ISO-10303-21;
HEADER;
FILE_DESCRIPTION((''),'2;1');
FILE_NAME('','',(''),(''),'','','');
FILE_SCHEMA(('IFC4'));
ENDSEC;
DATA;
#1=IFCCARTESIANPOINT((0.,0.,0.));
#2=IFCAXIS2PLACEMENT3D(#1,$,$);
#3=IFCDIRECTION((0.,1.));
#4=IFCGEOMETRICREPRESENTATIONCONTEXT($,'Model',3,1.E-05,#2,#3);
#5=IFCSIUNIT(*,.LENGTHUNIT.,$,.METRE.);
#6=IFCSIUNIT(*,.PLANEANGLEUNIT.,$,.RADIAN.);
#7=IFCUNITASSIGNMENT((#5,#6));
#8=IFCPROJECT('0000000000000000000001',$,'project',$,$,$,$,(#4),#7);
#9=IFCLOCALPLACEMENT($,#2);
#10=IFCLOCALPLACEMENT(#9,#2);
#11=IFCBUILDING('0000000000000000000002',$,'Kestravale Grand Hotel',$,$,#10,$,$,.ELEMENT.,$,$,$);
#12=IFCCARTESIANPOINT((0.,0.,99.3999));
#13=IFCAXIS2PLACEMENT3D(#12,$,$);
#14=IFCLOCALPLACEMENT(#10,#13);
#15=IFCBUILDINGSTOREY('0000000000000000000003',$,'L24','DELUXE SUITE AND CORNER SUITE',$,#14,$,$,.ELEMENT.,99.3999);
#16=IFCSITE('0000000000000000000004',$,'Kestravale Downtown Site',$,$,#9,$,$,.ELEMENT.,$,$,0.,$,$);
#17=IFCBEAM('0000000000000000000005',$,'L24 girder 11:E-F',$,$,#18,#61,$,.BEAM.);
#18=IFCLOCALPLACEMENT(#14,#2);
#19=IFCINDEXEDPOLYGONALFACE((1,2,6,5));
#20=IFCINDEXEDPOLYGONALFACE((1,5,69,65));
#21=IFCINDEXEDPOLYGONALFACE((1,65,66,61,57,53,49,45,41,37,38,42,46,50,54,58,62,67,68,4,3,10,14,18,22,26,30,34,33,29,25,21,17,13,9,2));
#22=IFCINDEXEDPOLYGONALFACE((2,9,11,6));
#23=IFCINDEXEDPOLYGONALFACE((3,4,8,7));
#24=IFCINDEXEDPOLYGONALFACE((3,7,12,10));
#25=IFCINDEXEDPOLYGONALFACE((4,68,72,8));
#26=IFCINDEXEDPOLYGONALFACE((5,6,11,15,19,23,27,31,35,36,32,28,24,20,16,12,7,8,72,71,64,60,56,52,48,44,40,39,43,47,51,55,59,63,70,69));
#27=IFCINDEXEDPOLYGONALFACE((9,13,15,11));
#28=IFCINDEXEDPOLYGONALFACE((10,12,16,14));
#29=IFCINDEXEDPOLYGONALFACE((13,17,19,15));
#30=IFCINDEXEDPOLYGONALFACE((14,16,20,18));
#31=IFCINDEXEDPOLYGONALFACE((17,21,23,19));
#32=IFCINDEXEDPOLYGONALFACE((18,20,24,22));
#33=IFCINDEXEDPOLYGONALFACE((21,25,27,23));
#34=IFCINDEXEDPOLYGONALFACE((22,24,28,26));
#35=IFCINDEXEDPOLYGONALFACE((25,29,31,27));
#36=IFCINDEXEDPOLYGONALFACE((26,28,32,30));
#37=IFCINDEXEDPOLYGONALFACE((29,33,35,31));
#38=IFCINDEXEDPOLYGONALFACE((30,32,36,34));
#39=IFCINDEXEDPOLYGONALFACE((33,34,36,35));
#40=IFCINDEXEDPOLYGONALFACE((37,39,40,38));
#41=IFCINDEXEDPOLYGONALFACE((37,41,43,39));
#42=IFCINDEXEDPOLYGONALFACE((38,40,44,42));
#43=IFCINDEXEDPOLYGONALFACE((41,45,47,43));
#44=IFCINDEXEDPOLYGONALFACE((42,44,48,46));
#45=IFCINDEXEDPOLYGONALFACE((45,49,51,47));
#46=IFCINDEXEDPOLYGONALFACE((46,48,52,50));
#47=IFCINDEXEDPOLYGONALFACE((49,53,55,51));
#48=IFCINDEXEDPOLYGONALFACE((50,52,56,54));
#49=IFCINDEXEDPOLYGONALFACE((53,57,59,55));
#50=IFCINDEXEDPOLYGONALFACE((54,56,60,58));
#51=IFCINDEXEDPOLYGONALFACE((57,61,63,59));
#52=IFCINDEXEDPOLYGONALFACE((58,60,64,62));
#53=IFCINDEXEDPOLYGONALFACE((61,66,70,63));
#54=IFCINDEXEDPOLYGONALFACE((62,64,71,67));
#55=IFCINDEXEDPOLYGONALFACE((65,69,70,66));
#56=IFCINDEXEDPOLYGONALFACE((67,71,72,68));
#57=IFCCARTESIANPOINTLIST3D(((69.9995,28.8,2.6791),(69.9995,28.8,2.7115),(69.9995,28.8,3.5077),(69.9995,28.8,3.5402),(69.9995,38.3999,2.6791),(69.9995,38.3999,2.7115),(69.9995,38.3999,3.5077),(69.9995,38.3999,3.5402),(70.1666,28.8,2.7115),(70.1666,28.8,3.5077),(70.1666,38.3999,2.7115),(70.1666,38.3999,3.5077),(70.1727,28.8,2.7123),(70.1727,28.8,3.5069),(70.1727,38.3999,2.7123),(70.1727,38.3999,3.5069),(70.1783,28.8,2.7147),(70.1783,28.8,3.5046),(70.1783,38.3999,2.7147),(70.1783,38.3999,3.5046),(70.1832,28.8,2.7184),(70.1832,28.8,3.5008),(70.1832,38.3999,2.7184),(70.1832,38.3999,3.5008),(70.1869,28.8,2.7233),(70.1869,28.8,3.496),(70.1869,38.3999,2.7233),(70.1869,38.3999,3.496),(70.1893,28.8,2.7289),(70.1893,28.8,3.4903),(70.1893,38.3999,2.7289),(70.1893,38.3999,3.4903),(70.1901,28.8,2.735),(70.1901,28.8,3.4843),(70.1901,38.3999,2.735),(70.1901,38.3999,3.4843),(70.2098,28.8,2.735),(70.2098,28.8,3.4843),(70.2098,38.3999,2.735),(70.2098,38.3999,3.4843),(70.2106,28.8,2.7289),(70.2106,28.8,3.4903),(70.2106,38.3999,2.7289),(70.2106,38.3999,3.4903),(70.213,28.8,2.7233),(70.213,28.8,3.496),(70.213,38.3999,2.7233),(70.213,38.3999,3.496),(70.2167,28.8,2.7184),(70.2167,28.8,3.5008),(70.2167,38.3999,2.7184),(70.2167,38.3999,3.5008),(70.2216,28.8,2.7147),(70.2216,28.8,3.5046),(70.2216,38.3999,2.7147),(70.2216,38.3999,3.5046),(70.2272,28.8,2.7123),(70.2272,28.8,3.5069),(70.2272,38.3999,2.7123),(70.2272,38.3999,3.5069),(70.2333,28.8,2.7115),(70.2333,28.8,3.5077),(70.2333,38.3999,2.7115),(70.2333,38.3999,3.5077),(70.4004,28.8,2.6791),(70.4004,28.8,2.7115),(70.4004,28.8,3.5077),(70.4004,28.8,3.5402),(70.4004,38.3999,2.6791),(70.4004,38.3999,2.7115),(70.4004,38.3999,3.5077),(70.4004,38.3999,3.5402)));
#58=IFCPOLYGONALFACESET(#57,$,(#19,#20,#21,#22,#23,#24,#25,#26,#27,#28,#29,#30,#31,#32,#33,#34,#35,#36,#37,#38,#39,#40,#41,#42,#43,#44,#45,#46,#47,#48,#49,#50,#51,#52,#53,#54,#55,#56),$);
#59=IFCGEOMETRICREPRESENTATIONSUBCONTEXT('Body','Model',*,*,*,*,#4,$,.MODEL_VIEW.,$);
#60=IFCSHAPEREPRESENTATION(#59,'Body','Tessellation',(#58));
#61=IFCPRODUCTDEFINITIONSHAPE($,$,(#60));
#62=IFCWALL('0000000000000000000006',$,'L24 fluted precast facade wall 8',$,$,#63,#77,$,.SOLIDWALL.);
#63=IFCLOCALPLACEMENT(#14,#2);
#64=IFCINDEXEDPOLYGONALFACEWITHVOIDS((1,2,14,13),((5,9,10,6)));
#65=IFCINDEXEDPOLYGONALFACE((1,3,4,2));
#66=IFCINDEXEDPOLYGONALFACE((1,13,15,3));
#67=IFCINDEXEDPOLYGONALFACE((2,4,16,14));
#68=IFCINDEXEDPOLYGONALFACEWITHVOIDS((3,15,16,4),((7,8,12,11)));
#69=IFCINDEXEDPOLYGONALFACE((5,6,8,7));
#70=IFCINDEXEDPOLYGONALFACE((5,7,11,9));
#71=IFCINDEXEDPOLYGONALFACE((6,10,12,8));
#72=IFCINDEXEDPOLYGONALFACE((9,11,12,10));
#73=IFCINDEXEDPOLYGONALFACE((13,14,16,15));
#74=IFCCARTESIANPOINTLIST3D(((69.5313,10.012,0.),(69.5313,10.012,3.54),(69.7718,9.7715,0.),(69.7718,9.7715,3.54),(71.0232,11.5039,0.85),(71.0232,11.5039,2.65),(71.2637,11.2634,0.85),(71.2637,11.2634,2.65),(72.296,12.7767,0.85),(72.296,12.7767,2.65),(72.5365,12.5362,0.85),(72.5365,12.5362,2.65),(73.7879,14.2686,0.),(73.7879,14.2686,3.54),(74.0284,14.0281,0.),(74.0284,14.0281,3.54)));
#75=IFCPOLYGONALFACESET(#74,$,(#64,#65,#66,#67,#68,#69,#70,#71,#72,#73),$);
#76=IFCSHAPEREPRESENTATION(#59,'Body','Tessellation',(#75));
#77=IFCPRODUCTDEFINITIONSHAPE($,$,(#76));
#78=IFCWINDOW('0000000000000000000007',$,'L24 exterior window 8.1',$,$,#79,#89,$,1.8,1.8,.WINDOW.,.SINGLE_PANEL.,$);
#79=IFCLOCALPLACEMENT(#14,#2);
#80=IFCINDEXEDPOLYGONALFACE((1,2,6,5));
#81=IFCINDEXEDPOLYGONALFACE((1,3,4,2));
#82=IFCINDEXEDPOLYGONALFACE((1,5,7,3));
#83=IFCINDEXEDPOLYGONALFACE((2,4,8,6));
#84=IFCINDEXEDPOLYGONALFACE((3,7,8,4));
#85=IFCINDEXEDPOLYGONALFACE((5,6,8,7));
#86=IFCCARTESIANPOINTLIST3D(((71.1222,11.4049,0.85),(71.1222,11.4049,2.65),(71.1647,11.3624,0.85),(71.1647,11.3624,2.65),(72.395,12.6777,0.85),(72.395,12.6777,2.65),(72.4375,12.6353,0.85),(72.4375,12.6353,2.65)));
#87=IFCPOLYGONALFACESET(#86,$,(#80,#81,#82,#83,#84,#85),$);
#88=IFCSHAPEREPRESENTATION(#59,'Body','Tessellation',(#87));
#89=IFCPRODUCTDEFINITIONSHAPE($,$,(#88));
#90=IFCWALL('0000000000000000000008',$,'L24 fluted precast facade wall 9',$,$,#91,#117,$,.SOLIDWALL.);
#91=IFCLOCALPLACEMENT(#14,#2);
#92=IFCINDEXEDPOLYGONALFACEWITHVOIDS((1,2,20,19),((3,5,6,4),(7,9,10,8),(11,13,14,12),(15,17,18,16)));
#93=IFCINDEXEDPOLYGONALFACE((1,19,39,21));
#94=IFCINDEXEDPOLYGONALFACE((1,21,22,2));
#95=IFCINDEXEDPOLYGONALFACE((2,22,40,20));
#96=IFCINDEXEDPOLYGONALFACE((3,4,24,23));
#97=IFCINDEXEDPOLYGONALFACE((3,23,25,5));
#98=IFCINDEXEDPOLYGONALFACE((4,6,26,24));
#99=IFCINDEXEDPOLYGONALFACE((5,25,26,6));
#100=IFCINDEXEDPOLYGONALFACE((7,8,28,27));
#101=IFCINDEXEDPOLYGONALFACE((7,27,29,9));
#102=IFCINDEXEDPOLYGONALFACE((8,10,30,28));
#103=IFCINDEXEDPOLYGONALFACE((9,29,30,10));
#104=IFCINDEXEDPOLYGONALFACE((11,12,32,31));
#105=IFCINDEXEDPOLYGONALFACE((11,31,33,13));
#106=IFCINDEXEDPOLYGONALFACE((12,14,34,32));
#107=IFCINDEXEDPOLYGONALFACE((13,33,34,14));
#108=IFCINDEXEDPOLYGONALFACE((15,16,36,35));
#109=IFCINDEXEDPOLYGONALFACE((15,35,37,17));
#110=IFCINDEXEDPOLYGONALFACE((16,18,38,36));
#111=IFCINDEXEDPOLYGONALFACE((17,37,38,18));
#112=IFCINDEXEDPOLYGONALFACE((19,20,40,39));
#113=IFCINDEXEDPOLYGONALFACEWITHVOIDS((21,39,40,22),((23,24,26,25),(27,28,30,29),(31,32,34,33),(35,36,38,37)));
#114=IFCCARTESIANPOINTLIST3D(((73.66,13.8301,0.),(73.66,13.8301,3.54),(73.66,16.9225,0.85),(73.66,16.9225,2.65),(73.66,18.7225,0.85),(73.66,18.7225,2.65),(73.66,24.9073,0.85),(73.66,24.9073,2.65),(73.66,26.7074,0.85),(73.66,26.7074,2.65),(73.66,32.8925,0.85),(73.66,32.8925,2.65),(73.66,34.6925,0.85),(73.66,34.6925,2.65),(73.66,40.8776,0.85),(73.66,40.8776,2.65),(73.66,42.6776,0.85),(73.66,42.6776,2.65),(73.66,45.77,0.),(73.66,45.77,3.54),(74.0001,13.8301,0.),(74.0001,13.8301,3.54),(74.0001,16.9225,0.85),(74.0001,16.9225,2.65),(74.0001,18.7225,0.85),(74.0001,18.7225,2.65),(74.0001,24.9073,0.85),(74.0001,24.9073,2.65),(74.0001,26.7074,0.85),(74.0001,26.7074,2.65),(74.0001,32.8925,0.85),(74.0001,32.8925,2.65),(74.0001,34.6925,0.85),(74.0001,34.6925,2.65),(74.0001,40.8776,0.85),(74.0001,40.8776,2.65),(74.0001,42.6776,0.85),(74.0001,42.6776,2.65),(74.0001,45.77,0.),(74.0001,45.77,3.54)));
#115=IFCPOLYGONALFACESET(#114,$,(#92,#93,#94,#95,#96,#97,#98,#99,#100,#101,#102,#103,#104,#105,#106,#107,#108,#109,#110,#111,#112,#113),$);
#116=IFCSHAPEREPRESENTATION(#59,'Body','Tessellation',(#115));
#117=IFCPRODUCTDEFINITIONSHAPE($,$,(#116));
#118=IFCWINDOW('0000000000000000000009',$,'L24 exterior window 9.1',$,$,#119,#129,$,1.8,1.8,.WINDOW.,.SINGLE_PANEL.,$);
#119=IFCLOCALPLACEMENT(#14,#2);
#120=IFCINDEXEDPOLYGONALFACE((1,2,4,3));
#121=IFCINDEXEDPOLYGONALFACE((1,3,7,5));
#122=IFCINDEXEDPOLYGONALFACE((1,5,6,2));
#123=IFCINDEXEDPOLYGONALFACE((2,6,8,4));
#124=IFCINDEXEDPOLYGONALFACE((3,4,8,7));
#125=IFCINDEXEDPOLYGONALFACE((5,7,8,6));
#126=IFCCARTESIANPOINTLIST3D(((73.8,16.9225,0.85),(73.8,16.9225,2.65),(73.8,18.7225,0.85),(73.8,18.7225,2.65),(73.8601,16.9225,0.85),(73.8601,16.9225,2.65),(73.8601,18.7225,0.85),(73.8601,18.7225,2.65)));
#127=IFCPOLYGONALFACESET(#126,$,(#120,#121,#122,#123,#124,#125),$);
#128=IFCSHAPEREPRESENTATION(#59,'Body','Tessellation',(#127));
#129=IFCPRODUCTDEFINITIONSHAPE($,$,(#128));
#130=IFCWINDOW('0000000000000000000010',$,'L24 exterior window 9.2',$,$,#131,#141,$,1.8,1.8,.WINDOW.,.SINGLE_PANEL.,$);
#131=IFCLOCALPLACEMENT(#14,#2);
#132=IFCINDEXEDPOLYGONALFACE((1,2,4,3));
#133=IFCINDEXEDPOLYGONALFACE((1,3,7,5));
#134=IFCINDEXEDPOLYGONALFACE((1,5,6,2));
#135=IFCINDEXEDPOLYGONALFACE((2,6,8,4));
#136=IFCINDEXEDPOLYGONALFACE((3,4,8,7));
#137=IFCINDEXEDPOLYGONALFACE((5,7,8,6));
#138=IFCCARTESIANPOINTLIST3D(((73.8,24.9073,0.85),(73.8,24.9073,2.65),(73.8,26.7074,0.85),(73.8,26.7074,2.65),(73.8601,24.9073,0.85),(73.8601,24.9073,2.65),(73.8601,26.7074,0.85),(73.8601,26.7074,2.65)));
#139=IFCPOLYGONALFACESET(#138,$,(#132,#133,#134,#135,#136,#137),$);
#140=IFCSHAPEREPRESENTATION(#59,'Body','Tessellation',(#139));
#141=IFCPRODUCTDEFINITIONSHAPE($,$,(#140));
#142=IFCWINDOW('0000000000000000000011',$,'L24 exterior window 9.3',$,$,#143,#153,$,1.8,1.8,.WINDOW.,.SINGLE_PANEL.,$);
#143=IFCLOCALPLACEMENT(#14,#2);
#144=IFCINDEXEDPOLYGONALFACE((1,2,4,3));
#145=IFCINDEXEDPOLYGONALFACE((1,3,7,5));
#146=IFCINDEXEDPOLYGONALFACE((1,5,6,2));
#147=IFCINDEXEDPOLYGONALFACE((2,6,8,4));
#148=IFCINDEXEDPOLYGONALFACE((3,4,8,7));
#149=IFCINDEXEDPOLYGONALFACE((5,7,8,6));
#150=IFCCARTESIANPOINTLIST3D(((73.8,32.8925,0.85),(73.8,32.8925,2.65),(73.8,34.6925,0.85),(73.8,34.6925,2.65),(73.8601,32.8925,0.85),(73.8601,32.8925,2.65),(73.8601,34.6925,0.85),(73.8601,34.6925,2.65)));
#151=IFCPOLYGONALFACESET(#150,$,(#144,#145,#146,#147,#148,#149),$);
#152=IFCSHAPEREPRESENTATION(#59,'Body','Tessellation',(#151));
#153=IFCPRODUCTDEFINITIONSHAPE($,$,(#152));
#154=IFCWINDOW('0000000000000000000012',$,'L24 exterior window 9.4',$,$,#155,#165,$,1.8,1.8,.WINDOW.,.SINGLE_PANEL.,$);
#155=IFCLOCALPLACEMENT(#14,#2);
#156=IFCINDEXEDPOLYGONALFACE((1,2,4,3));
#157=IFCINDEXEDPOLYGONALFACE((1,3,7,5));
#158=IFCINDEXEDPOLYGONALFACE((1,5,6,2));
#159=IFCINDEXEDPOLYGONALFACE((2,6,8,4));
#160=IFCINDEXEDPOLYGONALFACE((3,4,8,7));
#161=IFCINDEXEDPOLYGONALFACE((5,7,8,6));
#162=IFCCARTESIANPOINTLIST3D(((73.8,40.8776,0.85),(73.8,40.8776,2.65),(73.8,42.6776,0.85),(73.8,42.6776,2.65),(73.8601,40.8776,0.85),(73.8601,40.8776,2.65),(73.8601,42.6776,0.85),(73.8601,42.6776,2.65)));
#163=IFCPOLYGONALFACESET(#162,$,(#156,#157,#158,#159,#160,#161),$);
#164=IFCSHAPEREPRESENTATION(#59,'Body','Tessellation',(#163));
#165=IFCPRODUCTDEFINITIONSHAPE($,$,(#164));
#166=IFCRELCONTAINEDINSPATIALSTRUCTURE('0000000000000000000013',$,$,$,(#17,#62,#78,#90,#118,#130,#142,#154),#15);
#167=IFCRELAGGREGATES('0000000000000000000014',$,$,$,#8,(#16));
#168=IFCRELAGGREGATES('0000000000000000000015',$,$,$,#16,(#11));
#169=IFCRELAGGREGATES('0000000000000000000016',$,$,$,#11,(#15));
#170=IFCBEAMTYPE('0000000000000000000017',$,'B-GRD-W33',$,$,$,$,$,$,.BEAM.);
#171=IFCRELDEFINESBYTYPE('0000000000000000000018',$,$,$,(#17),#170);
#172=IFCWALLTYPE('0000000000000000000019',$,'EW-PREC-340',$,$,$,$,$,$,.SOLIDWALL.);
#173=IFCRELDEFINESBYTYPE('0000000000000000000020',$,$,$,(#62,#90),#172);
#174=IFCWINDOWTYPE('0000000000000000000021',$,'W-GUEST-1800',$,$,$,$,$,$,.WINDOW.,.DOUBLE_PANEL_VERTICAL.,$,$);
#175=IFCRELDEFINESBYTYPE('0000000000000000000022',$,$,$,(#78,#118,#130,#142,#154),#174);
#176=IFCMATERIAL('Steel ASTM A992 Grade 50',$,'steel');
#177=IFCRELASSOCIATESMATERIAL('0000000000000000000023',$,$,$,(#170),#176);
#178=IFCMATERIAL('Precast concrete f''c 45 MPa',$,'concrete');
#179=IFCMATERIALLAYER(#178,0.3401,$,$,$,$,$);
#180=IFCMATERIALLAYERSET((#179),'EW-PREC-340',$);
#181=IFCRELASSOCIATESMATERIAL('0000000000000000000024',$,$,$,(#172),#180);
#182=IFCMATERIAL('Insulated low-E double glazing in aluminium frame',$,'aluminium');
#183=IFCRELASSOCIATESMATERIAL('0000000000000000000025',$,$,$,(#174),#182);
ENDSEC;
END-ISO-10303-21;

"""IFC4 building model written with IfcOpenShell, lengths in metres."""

from ifc_helpers import new_model, si_unit, direction, frame, frame_2d, origin, origin_2d, place, context, subcontext, project, spatial, rectangle, i_section, extrude, material, layer, layer_set, material_profile, profile_set, type_object, element, fill, save


model = new_model("IFC4")

# Units and contexts
model_context = context("Model", 3, precision=1e-05, world=origin(), true_north=direction((0.0, 1.0)))
body_context = subcontext(model_context, "Body", "Model", "MODEL_VIEW")
ifc_project = project(units=[si_unit("LENGTHUNIT", "METRE"), si_unit("PLANEANGLEUNIT", "RADIAN")], contexts=[model_context])

# Site, building, storey
site_placement = place(None, origin())
site = spatial("IfcSite", under=ifc_project, at=site_placement, Name="Kestravale Downtown Site", CompositionType="ELEMENT", RefElevation=0.0)
building_placement = place(site_placement, origin())
building = spatial("IfcBuilding", under=site, at=building_placement, Name="Kestravale Grand Hotel", CompositionType="ELEMENT")
storey_placement = place(building_placement, frame((0.0, 0.0, 99.3999)))
storey = spatial("IfcBuildingStorey", under=building, at=storey_placement, Name="L24", Description="DELUXE SUITE AND CORNER SUITE", CompositionType="ELEMENT", Elevation=99.3999)

# Beam
ifc_material_1 = material(Name="Steel ASTM A992 Grade 50", Category="steel")
ifc_material_profile_1 = material_profile(ifc_material_1, i_section(OverallWidth=0.4009, OverallDepth=0.8611, WebThickness=0.0198, FlangeThickness=0.0325, FilletRadius=0.0234, at=origin_2d()))
ifc_profile_set_1 = profile_set([ifc_material_profile_1], Name="Steel ASTM A992 Grade 50")
beam_type_1 = type_object("IfcBeamType", Name="B-GRD-W33", PredefinedType="BEAM", material=ifc_profile_set_1)
beam_1_placement = place(storey_placement, frame((70.2, 28.8, 3.1096), z_axis=(0.0, 1.0, 0.0), x_axis=(-1.0, 0.0, 0.0)))
element("IfcBeam", 1, at=beam_1_placement, inside=storey, type_object=beam_type_1, Name="L24 girder 11:E-F", PredefinedType="BEAM", context=body_context, shape_type="SweptSolid", body=[
    extrude(i_section(OverallWidth=0.4009, OverallDepth=0.8611, WebThickness=0.0198, FlangeThickness=0.0325, FilletRadius=0.0234, at=origin_2d()), origin(), (0.0, 0.0, 1.0), 9.5999),
])

# Wall, opening, window
ifc_material_2 = material(Name="Precast concrete f'c 45 MPa", Category="concrete")
ifc_layer_1 = layer(ifc_material_2, 0.3401)
ifc_layer_set_1 = layer_set([ifc_layer_1], Name="EW-PREC-340")
wall_type_1 = type_object("IfcWallType", Name="EW-PREC-340", PredefinedType="SOLIDWALL", material=ifc_layer_set_1)
wall_1_placement = place(storey_placement, frame((69.6516, 9.8918, 0.0), z_axis=(0.0, 0.0, 1.0), x_axis=(0.707107, 0.707107, 0.0)))
wall_1 = element("IfcWall", 2, at=wall_1_placement, inside=storey, type_object=wall_type_1, Name="L24 fluted precast facade wall 8", PredefinedType="SOLIDWALL", context=body_context, shape_type="SweptSolid", body=[
    extrude(rectangle(XDim=6.0198, YDim=0.3401, at=frame_2d((3.0098, 0.0))), origin(), (0.0, 0.0, 1.0), 3.54),
])
opening_1_placement = place(wall_1_placement, frame((2.1099, 0.0, 0.8501)))
opening_1 = element("IfcOpeningElement", 3, at=opening_1_placement, cuts=wall_1, PredefinedType="OPENING", context=body_context, shape_type="SweptSolid", body=[
    extrude(rectangle(XDim=1.8, YDim=1.8, at=frame_2d((0.8999, 0.8999))), frame((0.0, 0.1799, 0.0), z_axis=(0.0, -1.0, 0.0), x_axis=(1.0, 0.0, 0.0)), (0.0, 0.0, 1.0), 0.3601),
])
ifc_material_3 = material(Name="Insulated low-E double glazing in aluminium frame", Category="aluminium")
window_type = type_object("IfcWindowType", Name="W-GUEST-1800", PartitioningType="DOUBLE_PANEL_VERTICAL", PredefinedType="WINDOW", material=ifc_material_3)
window_1_placement = place(opening_1_placement, origin())
window_1 = element("IfcWindow", 4, at=window_1_placement, inside=storey, type_object=window_type, Name="L24 exterior window 8.1", OverallHeight=1.8, OverallWidth=1.8, PartitioningType="SINGLE_PANEL", PredefinedType="WINDOW", context=body_context, shape_type="SweptSolid", body=[
    extrude(rectangle(XDim=1.8, YDim=1.8, at=frame_2d((0.8999, 0.8999))), frame((0.0, 0.03, 0.0), z_axis=(0.0, -1.0, 0.0), x_axis=(1.0, 0.0, 0.0)), (0.0, 0.0, 1.0), 0.0601),
])
fill(opening_1, window_1)

# Wall, openings, windows
wall_2_placement = place(storey_placement, frame((73.8301, 13.8301, 0.0), z_axis=(0.0, 0.0, 1.0), x_axis=(0.0, 1.0, 0.0)))
wall_2 = element("IfcWall", 5, at=wall_2_placement, inside=storey, type_object=wall_type_1, Name="L24 fluted precast facade wall 9", PredefinedType="SOLIDWALL", context=body_context, shape_type="SweptSolid", body=[
    extrude(rectangle(XDim=31.9399, YDim=0.3401, at=frame_2d((15.97, 0.0))), origin(), (0.0, 0.0, 1.0), 3.54),
])
opening_2_placement = place(wall_2_placement, frame((3.0925, 0.0, 0.8501)))
opening_2 = element("IfcOpeningElement", 6, at=opening_2_placement, cuts=wall_2, PredefinedType="OPENING", context=body_context, shape_type="SweptSolid", body=[
    extrude(rectangle(XDim=1.8, YDim=1.8, at=frame_2d((0.8999, 0.8999))), frame((0.0, 0.1799, 0.0), z_axis=(0.0, -1.0, 0.0), x_axis=(1.0, 0.0, 0.0)), (0.0, 0.0, 1.0), 0.3601),
])
opening_3_placement = place(wall_2_placement, frame((11.0774, 0.0, 0.8501)))
opening_3 = element("IfcOpeningElement", 7, at=opening_3_placement, cuts=wall_2, PredefinedType="OPENING", context=body_context, shape_type="SweptSolid", body=[
    extrude(rectangle(XDim=1.8, YDim=1.8, at=frame_2d((0.8999, 0.8999))), frame((0.0, 0.1799, 0.0), z_axis=(0.0, -1.0, 0.0), x_axis=(1.0, 0.0, 0.0)), (0.0, 0.0, 1.0), 0.3601),
])
opening_4_placement = place(wall_2_placement, frame((19.0625, 0.0, 0.8501)))
opening_4 = element("IfcOpeningElement", 8, at=opening_4_placement, cuts=wall_2, PredefinedType="OPENING", context=body_context, shape_type="SweptSolid", body=[
    extrude(rectangle(XDim=1.8, YDim=1.8, at=frame_2d((0.8999, 0.8999))), frame((0.0, 0.1799, 0.0), z_axis=(0.0, -1.0, 0.0), x_axis=(1.0, 0.0, 0.0)), (0.0, 0.0, 1.0), 0.3601),
])
opening_5_placement = place(wall_2_placement, frame((27.0476, 0.0, 0.8501)))
opening_5 = element("IfcOpeningElement", 9, at=opening_5_placement, cuts=wall_2, PredefinedType="OPENING", context=body_context, shape_type="SweptSolid", body=[
    extrude(rectangle(XDim=1.8, YDim=1.8, at=frame_2d((0.8999, 0.8999))), frame((0.0, 0.1799, 0.0), z_axis=(0.0, -1.0, 0.0), x_axis=(1.0, 0.0, 0.0)), (0.0, 0.0, 1.0), 0.3601),
])
window_2_placement = place(opening_2_placement, origin())
window_2 = element("IfcWindow", 10, at=window_2_placement, inside=storey, type_object=window_type, Name="L24 exterior window 9.1", OverallHeight=1.8, OverallWidth=1.8, PartitioningType="SINGLE_PANEL", PredefinedType="WINDOW", context=body_context, shape_type="SweptSolid", body=[
    extrude(rectangle(XDim=1.8, YDim=1.8, at=frame_2d((0.8999, 0.8999))), frame((0.0, 0.03, 0.0), z_axis=(0.0, -1.0, 0.0), x_axis=(1.0, 0.0, 0.0)), (0.0, 0.0, 1.0), 0.0601),
])
fill(opening_2, window_2)
window_3_placement = place(opening_3_placement, origin())
window_3 = element("IfcWindow", 11, at=window_3_placement, inside=storey, type_object=window_type, Name="L24 exterior window 9.2", OverallHeight=1.8, OverallWidth=1.8, PartitioningType="SINGLE_PANEL", PredefinedType="WINDOW", context=body_context, shape_type="SweptSolid", body=[
    extrude(rectangle(XDim=1.8, YDim=1.8, at=frame_2d((0.8999, 0.8999))), frame((0.0, 0.03, 0.0), z_axis=(0.0, -1.0, 0.0), x_axis=(1.0, 0.0, 0.0)), (0.0, 0.0, 1.0), 0.0601),
])
fill(opening_3, window_3)
window_4_placement = place(opening_4_placement, origin())
window_4 = element("IfcWindow", 12, at=window_4_placement, inside=storey, type_object=window_type, Name="L24 exterior window 9.3", OverallHeight=1.8, OverallWidth=1.8, PartitioningType="SINGLE_PANEL", PredefinedType="WINDOW", context=body_context, shape_type="SweptSolid", body=[
    extrude(rectangle(XDim=1.8, YDim=1.8, at=frame_2d((0.8999, 0.8999))), frame((0.0, 0.03, 0.0), z_axis=(0.0, -1.0, 0.0), x_axis=(1.0, 0.0, 0.0)), (0.0, 0.0, 1.0), 0.0601),
])
fill(opening_4, window_4)
window_5_placement = place(opening_5_placement, origin())
window_5 = element("IfcWindow", 13, at=window_5_placement, inside=storey, type_object=window_type, Name="L24 exterior window 9.4", OverallHeight=1.8, OverallWidth=1.8, PartitioningType="SINGLE_PANEL", PredefinedType="WINDOW", context=body_context, shape_type="SweptSolid", body=[
    extrude(rectangle(XDim=1.8, YDim=1.8, at=frame_2d((0.8999, 0.8999))), frame((0.0, 0.03, 0.0), z_axis=(0.0, -1.0, 0.0), x_axis=(1.0, 0.0, 0.0)), (0.0, 0.0, 1.0), 0.0601),
])
fill(opening_5, window_5)

save(model, "model.ifc")
